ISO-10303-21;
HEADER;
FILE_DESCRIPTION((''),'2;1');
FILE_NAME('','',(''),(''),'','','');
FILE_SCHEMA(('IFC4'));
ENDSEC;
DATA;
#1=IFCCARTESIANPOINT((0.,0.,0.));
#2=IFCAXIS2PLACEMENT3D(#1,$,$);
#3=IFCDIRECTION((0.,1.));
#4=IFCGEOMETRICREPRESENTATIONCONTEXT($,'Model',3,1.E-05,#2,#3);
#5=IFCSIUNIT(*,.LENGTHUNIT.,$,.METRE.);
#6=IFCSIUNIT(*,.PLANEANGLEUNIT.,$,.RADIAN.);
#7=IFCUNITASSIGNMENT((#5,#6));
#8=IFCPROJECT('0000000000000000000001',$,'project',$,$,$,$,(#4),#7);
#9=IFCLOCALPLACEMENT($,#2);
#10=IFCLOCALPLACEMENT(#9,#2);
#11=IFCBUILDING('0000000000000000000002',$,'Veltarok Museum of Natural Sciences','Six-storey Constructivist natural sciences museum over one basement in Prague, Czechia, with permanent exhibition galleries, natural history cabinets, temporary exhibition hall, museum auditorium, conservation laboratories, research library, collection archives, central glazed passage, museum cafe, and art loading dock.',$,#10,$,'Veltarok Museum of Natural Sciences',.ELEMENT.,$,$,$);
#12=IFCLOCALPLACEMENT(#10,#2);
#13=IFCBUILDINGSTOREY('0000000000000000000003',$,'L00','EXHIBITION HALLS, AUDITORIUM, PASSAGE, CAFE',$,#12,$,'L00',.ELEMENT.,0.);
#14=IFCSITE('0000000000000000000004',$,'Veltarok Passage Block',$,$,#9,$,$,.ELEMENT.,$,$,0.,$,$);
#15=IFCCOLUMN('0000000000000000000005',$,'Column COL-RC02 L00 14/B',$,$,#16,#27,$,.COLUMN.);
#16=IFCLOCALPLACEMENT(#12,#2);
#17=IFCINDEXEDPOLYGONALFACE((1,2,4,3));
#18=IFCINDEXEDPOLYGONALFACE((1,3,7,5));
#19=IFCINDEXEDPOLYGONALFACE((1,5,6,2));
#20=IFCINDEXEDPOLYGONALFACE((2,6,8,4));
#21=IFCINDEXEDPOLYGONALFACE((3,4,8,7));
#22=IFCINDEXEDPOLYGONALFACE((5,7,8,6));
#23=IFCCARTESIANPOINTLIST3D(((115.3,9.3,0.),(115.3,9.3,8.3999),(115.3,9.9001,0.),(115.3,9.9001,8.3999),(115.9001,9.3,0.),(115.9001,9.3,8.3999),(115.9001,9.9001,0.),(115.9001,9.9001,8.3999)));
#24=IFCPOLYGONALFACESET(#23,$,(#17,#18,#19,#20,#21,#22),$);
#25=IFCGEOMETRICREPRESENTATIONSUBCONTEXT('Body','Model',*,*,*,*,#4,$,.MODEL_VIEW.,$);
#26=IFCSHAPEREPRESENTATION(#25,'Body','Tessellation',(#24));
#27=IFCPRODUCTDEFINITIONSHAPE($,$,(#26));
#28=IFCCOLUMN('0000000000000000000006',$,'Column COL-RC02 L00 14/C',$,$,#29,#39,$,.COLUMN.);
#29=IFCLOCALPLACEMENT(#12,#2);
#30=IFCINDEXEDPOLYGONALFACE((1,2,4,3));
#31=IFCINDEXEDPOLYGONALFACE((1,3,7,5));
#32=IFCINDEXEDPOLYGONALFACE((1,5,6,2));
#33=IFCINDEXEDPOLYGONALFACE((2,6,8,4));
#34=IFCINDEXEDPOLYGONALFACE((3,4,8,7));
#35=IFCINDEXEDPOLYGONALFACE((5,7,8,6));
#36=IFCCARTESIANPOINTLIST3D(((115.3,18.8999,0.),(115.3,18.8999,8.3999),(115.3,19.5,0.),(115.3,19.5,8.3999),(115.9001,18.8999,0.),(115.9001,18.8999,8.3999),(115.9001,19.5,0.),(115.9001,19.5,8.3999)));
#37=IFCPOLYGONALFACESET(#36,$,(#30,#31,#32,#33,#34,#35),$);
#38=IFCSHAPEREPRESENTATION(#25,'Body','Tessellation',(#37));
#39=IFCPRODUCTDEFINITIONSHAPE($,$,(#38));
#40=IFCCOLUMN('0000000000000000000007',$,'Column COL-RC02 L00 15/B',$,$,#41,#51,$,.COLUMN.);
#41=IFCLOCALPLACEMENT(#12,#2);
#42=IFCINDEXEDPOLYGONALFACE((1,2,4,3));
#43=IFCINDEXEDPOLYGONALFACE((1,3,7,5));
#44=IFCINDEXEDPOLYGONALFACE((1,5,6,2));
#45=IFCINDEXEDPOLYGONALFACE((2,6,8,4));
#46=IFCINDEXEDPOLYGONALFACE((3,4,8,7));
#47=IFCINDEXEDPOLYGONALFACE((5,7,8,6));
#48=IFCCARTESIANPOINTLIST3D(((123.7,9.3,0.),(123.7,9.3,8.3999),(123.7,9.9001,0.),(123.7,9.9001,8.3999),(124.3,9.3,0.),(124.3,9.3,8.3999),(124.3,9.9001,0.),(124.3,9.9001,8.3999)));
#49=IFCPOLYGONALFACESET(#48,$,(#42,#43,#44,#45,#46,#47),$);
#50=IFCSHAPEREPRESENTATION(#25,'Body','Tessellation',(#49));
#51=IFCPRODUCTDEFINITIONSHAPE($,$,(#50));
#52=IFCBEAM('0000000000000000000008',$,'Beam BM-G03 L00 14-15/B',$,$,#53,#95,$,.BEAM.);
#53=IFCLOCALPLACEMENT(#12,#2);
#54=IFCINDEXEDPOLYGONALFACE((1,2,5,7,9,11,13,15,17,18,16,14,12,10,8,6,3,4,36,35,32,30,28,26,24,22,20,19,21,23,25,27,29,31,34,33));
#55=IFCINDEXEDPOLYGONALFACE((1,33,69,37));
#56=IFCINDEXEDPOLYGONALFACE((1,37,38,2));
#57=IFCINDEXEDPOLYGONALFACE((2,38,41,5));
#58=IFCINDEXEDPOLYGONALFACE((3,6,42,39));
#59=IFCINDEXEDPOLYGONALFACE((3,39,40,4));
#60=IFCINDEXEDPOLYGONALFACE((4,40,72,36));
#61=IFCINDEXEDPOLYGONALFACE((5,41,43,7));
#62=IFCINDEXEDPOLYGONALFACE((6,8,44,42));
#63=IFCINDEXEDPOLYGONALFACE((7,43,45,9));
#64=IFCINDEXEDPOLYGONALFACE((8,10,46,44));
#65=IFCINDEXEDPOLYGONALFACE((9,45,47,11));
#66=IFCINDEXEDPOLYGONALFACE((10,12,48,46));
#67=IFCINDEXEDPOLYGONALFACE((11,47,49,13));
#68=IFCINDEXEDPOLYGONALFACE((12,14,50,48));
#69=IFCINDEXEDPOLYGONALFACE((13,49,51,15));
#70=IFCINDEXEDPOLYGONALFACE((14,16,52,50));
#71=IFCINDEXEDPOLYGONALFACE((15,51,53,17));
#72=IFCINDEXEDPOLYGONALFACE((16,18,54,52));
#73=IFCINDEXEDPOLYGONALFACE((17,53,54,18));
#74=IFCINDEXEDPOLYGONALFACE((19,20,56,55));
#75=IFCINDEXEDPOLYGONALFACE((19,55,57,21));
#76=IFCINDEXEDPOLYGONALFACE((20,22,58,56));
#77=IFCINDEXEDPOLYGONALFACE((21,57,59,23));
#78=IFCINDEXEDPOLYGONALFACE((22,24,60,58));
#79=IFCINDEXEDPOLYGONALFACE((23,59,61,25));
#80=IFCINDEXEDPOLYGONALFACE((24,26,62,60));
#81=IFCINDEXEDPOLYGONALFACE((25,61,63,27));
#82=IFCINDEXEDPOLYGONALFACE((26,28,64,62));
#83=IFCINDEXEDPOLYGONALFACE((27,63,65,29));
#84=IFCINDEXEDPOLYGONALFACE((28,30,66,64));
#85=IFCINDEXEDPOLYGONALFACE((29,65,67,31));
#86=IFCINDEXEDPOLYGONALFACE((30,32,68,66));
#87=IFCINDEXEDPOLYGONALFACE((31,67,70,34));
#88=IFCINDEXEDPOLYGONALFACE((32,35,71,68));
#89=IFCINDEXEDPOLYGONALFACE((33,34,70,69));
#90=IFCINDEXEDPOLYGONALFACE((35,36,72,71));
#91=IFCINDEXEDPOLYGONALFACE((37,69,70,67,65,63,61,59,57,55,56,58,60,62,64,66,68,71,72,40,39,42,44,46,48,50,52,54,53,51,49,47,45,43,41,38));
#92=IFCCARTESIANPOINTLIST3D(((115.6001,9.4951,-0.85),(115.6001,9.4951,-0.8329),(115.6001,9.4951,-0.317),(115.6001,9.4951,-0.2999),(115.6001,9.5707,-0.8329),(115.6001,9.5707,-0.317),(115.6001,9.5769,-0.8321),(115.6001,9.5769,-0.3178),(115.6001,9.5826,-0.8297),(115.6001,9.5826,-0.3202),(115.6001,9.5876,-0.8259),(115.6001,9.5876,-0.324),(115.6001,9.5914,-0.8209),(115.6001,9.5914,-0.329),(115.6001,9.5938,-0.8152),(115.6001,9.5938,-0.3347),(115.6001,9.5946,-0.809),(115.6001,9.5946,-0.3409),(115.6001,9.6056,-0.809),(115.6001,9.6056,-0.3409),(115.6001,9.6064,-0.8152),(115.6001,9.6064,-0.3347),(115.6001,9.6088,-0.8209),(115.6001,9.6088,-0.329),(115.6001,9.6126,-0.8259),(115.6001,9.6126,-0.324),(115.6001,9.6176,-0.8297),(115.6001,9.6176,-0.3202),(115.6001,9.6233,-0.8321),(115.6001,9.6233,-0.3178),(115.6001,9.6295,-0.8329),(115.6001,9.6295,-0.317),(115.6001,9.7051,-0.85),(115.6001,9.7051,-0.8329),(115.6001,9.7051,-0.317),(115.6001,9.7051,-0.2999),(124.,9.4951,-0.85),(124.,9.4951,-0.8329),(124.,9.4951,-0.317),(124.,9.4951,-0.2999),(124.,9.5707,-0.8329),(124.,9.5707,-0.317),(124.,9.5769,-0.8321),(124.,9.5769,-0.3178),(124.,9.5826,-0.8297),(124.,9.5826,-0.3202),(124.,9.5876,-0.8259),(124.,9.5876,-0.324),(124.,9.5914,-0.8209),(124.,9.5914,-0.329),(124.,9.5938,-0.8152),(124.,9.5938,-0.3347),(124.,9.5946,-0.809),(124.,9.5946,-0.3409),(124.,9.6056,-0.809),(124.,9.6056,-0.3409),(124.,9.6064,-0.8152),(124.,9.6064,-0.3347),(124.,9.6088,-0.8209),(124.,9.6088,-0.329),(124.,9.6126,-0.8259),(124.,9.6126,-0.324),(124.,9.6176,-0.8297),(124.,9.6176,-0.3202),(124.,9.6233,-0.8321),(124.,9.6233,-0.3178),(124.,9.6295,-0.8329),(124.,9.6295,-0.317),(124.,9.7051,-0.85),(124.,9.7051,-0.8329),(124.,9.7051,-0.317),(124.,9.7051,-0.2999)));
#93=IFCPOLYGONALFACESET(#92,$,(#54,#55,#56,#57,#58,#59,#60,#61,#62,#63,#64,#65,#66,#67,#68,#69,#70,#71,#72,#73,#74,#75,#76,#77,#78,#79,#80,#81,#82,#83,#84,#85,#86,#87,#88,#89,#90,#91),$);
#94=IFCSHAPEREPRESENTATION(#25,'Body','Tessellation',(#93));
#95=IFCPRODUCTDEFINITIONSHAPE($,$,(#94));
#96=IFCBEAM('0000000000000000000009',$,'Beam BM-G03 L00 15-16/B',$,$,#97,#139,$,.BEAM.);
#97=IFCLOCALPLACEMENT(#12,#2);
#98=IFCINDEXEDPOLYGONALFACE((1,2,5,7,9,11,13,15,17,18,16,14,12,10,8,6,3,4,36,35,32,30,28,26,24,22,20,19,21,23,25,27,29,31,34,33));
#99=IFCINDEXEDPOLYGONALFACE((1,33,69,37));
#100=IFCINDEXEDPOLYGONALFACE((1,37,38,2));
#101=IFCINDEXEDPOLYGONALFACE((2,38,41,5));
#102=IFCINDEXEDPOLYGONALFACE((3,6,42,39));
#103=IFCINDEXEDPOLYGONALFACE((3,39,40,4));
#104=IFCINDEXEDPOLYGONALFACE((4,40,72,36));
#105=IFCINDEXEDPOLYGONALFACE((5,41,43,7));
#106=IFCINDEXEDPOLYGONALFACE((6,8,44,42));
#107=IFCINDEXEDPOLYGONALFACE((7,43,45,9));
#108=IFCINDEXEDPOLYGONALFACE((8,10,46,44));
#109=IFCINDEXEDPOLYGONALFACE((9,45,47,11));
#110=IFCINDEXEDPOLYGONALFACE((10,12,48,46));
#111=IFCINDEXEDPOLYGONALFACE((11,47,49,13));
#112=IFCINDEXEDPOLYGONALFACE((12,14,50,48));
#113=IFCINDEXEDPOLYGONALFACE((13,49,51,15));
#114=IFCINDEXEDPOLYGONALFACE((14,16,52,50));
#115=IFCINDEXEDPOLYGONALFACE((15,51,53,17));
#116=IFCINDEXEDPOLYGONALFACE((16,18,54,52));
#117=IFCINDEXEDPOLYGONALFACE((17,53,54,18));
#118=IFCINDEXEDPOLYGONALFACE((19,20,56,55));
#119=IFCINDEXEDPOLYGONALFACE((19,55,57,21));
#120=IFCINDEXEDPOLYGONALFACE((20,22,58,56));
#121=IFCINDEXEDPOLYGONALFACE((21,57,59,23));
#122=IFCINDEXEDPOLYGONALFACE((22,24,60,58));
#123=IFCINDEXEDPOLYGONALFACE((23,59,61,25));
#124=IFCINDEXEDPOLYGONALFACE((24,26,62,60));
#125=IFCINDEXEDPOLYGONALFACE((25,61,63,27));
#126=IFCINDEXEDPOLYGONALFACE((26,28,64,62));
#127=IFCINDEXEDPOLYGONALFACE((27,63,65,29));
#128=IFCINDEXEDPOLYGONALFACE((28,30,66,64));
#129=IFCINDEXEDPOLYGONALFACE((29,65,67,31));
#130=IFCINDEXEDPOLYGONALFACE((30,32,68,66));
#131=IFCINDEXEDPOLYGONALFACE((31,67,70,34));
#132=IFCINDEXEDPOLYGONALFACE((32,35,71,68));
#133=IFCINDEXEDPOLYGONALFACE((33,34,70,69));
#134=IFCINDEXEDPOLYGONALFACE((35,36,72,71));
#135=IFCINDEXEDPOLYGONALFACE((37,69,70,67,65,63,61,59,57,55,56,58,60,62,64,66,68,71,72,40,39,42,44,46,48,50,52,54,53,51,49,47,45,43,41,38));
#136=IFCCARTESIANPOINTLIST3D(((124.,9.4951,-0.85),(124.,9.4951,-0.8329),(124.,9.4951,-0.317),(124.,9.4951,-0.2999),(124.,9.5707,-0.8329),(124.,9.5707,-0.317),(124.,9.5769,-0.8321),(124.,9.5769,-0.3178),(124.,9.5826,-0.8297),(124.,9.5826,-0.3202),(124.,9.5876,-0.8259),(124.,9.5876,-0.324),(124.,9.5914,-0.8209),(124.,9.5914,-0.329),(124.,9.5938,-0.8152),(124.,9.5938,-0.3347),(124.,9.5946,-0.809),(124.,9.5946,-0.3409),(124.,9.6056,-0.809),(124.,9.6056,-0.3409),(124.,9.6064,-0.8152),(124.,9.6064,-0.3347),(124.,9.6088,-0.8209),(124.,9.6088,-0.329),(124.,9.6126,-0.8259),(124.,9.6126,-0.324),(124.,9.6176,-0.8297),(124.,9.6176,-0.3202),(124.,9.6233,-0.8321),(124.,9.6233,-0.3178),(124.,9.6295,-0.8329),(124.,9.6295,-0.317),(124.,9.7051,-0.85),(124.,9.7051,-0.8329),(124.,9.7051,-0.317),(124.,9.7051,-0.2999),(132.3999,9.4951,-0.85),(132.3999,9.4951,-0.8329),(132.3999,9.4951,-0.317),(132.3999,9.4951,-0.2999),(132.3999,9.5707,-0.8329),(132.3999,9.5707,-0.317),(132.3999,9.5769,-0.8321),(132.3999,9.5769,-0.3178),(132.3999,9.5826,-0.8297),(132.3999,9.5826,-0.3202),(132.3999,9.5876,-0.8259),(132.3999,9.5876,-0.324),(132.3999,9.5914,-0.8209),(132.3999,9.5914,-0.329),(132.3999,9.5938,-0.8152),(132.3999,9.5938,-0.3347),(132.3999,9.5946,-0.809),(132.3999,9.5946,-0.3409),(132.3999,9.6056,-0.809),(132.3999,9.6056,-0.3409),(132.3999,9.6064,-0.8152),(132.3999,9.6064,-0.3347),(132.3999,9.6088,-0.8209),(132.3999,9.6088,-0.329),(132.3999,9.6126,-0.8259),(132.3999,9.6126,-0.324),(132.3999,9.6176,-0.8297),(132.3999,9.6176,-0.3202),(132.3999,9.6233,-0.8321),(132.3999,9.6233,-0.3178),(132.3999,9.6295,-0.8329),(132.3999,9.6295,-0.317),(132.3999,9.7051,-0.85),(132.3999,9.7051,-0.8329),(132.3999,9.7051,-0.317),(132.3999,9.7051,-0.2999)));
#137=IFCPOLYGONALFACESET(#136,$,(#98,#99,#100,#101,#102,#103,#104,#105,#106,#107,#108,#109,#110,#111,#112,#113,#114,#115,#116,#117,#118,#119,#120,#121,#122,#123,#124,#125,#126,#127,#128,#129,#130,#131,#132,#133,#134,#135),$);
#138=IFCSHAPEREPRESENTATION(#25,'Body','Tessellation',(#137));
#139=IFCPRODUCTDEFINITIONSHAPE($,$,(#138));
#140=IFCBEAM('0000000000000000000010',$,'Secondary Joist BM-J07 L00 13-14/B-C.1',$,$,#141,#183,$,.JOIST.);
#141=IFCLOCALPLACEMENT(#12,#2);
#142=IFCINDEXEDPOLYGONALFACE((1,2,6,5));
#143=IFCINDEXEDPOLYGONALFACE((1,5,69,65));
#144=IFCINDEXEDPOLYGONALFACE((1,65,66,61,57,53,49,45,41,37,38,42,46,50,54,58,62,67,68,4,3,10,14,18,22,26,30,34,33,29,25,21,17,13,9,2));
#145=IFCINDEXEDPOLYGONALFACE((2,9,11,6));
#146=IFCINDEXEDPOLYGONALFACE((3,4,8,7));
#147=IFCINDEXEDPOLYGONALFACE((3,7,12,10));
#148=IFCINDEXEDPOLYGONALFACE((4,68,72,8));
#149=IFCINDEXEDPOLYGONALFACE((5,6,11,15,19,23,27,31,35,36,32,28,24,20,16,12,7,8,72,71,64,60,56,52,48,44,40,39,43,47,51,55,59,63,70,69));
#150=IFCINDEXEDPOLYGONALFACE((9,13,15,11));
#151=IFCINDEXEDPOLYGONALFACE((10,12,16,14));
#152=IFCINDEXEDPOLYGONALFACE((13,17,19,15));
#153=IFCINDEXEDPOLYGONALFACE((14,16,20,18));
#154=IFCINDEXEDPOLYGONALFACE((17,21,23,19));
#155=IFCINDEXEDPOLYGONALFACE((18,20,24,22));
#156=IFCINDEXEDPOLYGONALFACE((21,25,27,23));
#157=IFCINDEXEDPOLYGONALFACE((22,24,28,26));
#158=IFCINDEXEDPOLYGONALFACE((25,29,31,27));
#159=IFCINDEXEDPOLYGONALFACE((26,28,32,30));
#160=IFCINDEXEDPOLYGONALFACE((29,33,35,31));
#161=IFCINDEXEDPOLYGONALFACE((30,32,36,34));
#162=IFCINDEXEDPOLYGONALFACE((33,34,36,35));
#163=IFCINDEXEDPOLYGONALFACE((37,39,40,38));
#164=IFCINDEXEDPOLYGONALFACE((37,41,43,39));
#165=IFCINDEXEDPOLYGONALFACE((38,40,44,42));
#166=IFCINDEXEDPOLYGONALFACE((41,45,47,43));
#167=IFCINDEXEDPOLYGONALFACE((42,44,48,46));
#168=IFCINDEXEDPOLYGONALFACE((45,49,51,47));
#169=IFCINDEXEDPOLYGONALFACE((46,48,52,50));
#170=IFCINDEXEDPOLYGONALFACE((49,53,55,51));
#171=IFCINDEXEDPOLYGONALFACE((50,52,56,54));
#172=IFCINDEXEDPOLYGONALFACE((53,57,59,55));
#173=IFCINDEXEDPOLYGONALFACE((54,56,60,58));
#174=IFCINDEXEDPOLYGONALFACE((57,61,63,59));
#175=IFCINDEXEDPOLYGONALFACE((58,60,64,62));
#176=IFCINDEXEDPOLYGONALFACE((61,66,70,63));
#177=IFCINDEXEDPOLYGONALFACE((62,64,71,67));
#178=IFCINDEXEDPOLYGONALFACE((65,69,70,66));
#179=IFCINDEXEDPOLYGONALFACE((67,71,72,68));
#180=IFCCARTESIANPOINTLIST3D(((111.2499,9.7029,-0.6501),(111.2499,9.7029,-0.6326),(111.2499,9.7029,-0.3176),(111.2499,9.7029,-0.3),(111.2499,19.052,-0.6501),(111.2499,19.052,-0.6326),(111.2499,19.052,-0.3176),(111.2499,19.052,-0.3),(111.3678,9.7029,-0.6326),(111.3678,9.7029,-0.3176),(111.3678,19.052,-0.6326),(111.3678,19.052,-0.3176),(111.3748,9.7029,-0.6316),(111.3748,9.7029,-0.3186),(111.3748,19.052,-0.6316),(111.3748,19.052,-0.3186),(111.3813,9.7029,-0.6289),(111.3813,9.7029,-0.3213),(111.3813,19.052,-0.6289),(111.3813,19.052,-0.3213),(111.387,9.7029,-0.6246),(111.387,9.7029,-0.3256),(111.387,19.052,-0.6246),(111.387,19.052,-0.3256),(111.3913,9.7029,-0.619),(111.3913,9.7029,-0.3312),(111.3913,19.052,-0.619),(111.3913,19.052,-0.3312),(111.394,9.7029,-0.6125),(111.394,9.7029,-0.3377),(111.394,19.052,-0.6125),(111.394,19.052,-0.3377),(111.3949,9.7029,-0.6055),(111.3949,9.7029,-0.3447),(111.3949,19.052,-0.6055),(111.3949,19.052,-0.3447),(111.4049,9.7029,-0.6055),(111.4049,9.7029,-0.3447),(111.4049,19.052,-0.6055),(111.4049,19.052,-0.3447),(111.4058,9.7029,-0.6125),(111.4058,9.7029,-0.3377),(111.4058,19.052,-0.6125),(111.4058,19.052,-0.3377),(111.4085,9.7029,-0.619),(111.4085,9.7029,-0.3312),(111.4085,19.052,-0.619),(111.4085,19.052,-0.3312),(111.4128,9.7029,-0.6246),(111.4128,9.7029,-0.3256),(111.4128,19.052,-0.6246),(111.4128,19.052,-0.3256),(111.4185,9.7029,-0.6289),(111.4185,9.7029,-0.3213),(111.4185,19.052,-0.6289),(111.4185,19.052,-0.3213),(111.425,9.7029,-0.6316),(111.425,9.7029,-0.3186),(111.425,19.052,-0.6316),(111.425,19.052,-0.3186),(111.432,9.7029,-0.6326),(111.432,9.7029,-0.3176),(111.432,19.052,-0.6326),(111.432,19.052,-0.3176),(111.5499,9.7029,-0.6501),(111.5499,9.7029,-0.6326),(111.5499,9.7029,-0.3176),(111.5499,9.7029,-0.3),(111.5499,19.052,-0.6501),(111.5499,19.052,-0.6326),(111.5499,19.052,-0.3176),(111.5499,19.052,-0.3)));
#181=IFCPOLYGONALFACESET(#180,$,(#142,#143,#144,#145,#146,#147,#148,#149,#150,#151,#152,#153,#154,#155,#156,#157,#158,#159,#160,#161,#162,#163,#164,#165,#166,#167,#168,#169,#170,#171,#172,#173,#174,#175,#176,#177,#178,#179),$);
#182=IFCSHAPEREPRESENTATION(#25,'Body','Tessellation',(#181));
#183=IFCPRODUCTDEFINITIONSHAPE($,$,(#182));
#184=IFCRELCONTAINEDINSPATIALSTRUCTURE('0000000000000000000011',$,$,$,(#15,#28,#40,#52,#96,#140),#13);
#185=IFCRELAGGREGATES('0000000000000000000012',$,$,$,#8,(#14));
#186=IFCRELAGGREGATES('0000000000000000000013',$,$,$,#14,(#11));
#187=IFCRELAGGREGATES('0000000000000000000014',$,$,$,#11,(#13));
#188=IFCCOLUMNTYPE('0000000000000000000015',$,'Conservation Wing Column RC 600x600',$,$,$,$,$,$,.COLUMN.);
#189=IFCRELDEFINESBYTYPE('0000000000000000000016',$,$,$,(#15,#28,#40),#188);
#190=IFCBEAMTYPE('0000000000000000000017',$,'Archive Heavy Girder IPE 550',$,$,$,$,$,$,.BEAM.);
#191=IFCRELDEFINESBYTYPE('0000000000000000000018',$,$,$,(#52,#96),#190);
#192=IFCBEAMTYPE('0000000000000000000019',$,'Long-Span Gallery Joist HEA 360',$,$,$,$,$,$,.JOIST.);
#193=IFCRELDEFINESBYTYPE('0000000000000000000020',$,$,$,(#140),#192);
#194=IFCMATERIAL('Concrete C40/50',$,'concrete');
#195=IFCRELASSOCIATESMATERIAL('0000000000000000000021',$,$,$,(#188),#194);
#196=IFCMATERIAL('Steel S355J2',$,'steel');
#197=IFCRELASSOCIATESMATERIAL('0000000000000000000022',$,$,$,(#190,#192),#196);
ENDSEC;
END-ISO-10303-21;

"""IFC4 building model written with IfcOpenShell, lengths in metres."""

from ifc_helpers import new_model, si_unit, direction, frame, origin, origin_2d, place, context, subcontext, project, spatial, rectangle, i_section, extrude, material, material_profile, profile_set, type_object, element, save


model = new_model("IFC4")

# Units and contexts
model_context = context("Model", 3, precision=1e-05, world=origin(), true_north=direction((0.0, 1.0)))
body_context = subcontext(model_context, "Body", "Model", "MODEL_VIEW")
ifc_project = project(units=[si_unit("LENGTHUNIT", "METRE"), si_unit("PLANEANGLEUNIT", "RADIAN")], contexts=[model_context])

# Site, building, storey
site_placement = place(None, origin())
site = spatial("IfcSite", under=ifc_project, at=site_placement, Name="Veltarok Passage Block", CompositionType="ELEMENT", RefElevation=0.0)
building_placement = place(site_placement, origin())
building = spatial("IfcBuilding", under=site, at=building_placement, Name="Veltarok Museum of Natural Sciences", Description="Six-storey Constructivist natural sciences museum over one basement in Prague, Czechia, with permanent exhibition galleries, natural history cabinets, temporary exhibition hall, museum auditorium, conservation laboratories, research library, collection archives, central glazed passage, museum cafe, and art loading dock.", LongName="Veltarok Museum of Natural Sciences", CompositionType="ELEMENT")
storey_placement = place(building_placement, origin())
storey = spatial("IfcBuildingStorey", under=building, at=storey_placement, Name="L00", Description="EXHIBITION HALLS, AUDITORIUM, PASSAGE, CAFE", LongName="L00", CompositionType="ELEMENT", Elevation=0.0)

# Columns
ifc_material_1 = material(Name="Concrete C40/50", Category="concrete")
ifc_material_profile_1 = material_profile(ifc_material_1, rectangle(XDim=0.6001, YDim=0.6001, at=origin_2d()), Name="RC 600x600")
ifc_profile_set_1 = profile_set([ifc_material_profile_1], Name="Concrete C40/50")
column_type = type_object("IfcColumnType", Name="Conservation Wing Column RC 600x600", PredefinedType="COLUMN", material=ifc_profile_set_1)
for number, where, z_axis, x_axis, name in (
    (1, (115.6001, 9.6001, 0.0), (0.0, 0.0, 1.0), (1.0, 0.0, 0.0), "Column COL-RC02 L00 14/B"),
    (2, (115.6001, 19.2, 0.0), (0.0, 0.0, 1.0), (1.0, 0.0, 0.0), "Column COL-RC02 L00 14/C"),
    (3, (124.0, 9.6001, 0.0), (0.0, 0.0, 1.0), (1.0, 0.0, 0.0), "Column COL-RC02 L00 15/B"),
):
    element("IfcColumn", number, at=place(storey_placement, frame(where, z_axis=z_axis, x_axis=x_axis)), inside=storey, type_object=column_type, Name=name, PredefinedType="COLUMN", context=body_context, shape_type="SweptSolid", body=[
        extrude(rectangle(XDim=0.6001, YDim=0.6001, at=origin_2d()), origin(), (0.0, 0.0, 1.0), 8.3999),
    ])

# Beams
ifc_material_2 = material(Name="Steel S355J2", Category="steel")
ifc_material_profile_2 = material_profile(ifc_material_2, i_section(OverallWidth=0.21, OverallDepth=0.55, WebThickness=0.011, FlangeThickness=0.0171, FilletRadius=0.0239, at=origin_2d()), Name="IPE 550")
ifc_profile_set_2 = profile_set([ifc_material_profile_2], Name="Steel S355J2")
beam_type_1 = type_object("IfcBeamType", Name="Archive Heavy Girder IPE 550", PredefinedType="BEAM", material=ifc_profile_set_2)
for number, where, z_axis, x_axis, name in (
    (4, (115.6001, 9.6001, -0.575), (1.0, 0.0, 0.0), (0.0, 1.0, 0.0), "Beam BM-G03 L00 14-15/B"),
    (5, (124.0, 9.6001, -0.575), (1.0, 0.0, 0.0), (0.0, 1.0, 0.0), "Beam BM-G03 L00 15-16/B"),
):
    element("IfcBeam", number, at=place(storey_placement, frame(where, z_axis=z_axis, x_axis=x_axis)), inside=storey, type_object=beam_type_1, Name=name, PredefinedType="BEAM", context=body_context, shape_type="SweptSolid", body=[
        extrude(i_section(OverallWidth=0.21, OverallDepth=0.55, WebThickness=0.011, FlangeThickness=0.0171, FilletRadius=0.0239, at=origin_2d()), origin(), (0.0, 0.0, 1.0), 8.3999),
    ])
ifc_material_profile_3 = material_profile(ifc_material_2, i_section(OverallWidth=0.3, OverallDepth=0.3501, WebThickness=0.01, FlangeThickness=0.0176, FilletRadius=0.0271, at=origin_2d()), Name="HEA 360")
ifc_profile_set_3 = profile_set([ifc_material_profile_3], Name="Steel S355J2")
beam_type_2 = type_object("IfcBeamType", Name="Long-Span Gallery Joist HEA 360", PredefinedType="JOIST", material=ifc_profile_set_3)
beam_1_placement = place(storey_placement, frame((111.3999, 9.7029, -0.4751), z_axis=(0.0, 1.0, 0.0), x_axis=(-1.0, 0.0, 0.0)))
element("IfcBeam", 6, at=beam_1_placement, inside=storey, type_object=beam_type_2, Name="Secondary Joist BM-J07 L00 13-14/B-C.1", PredefinedType="JOIST", context=body_context, shape_type="SweptSolid", body=[
    extrude(i_section(OverallWidth=0.3, OverallDepth=0.3501, WebThickness=0.01, FlangeThickness=0.0176, FilletRadius=0.0271, at=origin_2d()), origin(), (0.0, 0.0, 1.0), 9.3491),
])

save(model, "model.ifc")
